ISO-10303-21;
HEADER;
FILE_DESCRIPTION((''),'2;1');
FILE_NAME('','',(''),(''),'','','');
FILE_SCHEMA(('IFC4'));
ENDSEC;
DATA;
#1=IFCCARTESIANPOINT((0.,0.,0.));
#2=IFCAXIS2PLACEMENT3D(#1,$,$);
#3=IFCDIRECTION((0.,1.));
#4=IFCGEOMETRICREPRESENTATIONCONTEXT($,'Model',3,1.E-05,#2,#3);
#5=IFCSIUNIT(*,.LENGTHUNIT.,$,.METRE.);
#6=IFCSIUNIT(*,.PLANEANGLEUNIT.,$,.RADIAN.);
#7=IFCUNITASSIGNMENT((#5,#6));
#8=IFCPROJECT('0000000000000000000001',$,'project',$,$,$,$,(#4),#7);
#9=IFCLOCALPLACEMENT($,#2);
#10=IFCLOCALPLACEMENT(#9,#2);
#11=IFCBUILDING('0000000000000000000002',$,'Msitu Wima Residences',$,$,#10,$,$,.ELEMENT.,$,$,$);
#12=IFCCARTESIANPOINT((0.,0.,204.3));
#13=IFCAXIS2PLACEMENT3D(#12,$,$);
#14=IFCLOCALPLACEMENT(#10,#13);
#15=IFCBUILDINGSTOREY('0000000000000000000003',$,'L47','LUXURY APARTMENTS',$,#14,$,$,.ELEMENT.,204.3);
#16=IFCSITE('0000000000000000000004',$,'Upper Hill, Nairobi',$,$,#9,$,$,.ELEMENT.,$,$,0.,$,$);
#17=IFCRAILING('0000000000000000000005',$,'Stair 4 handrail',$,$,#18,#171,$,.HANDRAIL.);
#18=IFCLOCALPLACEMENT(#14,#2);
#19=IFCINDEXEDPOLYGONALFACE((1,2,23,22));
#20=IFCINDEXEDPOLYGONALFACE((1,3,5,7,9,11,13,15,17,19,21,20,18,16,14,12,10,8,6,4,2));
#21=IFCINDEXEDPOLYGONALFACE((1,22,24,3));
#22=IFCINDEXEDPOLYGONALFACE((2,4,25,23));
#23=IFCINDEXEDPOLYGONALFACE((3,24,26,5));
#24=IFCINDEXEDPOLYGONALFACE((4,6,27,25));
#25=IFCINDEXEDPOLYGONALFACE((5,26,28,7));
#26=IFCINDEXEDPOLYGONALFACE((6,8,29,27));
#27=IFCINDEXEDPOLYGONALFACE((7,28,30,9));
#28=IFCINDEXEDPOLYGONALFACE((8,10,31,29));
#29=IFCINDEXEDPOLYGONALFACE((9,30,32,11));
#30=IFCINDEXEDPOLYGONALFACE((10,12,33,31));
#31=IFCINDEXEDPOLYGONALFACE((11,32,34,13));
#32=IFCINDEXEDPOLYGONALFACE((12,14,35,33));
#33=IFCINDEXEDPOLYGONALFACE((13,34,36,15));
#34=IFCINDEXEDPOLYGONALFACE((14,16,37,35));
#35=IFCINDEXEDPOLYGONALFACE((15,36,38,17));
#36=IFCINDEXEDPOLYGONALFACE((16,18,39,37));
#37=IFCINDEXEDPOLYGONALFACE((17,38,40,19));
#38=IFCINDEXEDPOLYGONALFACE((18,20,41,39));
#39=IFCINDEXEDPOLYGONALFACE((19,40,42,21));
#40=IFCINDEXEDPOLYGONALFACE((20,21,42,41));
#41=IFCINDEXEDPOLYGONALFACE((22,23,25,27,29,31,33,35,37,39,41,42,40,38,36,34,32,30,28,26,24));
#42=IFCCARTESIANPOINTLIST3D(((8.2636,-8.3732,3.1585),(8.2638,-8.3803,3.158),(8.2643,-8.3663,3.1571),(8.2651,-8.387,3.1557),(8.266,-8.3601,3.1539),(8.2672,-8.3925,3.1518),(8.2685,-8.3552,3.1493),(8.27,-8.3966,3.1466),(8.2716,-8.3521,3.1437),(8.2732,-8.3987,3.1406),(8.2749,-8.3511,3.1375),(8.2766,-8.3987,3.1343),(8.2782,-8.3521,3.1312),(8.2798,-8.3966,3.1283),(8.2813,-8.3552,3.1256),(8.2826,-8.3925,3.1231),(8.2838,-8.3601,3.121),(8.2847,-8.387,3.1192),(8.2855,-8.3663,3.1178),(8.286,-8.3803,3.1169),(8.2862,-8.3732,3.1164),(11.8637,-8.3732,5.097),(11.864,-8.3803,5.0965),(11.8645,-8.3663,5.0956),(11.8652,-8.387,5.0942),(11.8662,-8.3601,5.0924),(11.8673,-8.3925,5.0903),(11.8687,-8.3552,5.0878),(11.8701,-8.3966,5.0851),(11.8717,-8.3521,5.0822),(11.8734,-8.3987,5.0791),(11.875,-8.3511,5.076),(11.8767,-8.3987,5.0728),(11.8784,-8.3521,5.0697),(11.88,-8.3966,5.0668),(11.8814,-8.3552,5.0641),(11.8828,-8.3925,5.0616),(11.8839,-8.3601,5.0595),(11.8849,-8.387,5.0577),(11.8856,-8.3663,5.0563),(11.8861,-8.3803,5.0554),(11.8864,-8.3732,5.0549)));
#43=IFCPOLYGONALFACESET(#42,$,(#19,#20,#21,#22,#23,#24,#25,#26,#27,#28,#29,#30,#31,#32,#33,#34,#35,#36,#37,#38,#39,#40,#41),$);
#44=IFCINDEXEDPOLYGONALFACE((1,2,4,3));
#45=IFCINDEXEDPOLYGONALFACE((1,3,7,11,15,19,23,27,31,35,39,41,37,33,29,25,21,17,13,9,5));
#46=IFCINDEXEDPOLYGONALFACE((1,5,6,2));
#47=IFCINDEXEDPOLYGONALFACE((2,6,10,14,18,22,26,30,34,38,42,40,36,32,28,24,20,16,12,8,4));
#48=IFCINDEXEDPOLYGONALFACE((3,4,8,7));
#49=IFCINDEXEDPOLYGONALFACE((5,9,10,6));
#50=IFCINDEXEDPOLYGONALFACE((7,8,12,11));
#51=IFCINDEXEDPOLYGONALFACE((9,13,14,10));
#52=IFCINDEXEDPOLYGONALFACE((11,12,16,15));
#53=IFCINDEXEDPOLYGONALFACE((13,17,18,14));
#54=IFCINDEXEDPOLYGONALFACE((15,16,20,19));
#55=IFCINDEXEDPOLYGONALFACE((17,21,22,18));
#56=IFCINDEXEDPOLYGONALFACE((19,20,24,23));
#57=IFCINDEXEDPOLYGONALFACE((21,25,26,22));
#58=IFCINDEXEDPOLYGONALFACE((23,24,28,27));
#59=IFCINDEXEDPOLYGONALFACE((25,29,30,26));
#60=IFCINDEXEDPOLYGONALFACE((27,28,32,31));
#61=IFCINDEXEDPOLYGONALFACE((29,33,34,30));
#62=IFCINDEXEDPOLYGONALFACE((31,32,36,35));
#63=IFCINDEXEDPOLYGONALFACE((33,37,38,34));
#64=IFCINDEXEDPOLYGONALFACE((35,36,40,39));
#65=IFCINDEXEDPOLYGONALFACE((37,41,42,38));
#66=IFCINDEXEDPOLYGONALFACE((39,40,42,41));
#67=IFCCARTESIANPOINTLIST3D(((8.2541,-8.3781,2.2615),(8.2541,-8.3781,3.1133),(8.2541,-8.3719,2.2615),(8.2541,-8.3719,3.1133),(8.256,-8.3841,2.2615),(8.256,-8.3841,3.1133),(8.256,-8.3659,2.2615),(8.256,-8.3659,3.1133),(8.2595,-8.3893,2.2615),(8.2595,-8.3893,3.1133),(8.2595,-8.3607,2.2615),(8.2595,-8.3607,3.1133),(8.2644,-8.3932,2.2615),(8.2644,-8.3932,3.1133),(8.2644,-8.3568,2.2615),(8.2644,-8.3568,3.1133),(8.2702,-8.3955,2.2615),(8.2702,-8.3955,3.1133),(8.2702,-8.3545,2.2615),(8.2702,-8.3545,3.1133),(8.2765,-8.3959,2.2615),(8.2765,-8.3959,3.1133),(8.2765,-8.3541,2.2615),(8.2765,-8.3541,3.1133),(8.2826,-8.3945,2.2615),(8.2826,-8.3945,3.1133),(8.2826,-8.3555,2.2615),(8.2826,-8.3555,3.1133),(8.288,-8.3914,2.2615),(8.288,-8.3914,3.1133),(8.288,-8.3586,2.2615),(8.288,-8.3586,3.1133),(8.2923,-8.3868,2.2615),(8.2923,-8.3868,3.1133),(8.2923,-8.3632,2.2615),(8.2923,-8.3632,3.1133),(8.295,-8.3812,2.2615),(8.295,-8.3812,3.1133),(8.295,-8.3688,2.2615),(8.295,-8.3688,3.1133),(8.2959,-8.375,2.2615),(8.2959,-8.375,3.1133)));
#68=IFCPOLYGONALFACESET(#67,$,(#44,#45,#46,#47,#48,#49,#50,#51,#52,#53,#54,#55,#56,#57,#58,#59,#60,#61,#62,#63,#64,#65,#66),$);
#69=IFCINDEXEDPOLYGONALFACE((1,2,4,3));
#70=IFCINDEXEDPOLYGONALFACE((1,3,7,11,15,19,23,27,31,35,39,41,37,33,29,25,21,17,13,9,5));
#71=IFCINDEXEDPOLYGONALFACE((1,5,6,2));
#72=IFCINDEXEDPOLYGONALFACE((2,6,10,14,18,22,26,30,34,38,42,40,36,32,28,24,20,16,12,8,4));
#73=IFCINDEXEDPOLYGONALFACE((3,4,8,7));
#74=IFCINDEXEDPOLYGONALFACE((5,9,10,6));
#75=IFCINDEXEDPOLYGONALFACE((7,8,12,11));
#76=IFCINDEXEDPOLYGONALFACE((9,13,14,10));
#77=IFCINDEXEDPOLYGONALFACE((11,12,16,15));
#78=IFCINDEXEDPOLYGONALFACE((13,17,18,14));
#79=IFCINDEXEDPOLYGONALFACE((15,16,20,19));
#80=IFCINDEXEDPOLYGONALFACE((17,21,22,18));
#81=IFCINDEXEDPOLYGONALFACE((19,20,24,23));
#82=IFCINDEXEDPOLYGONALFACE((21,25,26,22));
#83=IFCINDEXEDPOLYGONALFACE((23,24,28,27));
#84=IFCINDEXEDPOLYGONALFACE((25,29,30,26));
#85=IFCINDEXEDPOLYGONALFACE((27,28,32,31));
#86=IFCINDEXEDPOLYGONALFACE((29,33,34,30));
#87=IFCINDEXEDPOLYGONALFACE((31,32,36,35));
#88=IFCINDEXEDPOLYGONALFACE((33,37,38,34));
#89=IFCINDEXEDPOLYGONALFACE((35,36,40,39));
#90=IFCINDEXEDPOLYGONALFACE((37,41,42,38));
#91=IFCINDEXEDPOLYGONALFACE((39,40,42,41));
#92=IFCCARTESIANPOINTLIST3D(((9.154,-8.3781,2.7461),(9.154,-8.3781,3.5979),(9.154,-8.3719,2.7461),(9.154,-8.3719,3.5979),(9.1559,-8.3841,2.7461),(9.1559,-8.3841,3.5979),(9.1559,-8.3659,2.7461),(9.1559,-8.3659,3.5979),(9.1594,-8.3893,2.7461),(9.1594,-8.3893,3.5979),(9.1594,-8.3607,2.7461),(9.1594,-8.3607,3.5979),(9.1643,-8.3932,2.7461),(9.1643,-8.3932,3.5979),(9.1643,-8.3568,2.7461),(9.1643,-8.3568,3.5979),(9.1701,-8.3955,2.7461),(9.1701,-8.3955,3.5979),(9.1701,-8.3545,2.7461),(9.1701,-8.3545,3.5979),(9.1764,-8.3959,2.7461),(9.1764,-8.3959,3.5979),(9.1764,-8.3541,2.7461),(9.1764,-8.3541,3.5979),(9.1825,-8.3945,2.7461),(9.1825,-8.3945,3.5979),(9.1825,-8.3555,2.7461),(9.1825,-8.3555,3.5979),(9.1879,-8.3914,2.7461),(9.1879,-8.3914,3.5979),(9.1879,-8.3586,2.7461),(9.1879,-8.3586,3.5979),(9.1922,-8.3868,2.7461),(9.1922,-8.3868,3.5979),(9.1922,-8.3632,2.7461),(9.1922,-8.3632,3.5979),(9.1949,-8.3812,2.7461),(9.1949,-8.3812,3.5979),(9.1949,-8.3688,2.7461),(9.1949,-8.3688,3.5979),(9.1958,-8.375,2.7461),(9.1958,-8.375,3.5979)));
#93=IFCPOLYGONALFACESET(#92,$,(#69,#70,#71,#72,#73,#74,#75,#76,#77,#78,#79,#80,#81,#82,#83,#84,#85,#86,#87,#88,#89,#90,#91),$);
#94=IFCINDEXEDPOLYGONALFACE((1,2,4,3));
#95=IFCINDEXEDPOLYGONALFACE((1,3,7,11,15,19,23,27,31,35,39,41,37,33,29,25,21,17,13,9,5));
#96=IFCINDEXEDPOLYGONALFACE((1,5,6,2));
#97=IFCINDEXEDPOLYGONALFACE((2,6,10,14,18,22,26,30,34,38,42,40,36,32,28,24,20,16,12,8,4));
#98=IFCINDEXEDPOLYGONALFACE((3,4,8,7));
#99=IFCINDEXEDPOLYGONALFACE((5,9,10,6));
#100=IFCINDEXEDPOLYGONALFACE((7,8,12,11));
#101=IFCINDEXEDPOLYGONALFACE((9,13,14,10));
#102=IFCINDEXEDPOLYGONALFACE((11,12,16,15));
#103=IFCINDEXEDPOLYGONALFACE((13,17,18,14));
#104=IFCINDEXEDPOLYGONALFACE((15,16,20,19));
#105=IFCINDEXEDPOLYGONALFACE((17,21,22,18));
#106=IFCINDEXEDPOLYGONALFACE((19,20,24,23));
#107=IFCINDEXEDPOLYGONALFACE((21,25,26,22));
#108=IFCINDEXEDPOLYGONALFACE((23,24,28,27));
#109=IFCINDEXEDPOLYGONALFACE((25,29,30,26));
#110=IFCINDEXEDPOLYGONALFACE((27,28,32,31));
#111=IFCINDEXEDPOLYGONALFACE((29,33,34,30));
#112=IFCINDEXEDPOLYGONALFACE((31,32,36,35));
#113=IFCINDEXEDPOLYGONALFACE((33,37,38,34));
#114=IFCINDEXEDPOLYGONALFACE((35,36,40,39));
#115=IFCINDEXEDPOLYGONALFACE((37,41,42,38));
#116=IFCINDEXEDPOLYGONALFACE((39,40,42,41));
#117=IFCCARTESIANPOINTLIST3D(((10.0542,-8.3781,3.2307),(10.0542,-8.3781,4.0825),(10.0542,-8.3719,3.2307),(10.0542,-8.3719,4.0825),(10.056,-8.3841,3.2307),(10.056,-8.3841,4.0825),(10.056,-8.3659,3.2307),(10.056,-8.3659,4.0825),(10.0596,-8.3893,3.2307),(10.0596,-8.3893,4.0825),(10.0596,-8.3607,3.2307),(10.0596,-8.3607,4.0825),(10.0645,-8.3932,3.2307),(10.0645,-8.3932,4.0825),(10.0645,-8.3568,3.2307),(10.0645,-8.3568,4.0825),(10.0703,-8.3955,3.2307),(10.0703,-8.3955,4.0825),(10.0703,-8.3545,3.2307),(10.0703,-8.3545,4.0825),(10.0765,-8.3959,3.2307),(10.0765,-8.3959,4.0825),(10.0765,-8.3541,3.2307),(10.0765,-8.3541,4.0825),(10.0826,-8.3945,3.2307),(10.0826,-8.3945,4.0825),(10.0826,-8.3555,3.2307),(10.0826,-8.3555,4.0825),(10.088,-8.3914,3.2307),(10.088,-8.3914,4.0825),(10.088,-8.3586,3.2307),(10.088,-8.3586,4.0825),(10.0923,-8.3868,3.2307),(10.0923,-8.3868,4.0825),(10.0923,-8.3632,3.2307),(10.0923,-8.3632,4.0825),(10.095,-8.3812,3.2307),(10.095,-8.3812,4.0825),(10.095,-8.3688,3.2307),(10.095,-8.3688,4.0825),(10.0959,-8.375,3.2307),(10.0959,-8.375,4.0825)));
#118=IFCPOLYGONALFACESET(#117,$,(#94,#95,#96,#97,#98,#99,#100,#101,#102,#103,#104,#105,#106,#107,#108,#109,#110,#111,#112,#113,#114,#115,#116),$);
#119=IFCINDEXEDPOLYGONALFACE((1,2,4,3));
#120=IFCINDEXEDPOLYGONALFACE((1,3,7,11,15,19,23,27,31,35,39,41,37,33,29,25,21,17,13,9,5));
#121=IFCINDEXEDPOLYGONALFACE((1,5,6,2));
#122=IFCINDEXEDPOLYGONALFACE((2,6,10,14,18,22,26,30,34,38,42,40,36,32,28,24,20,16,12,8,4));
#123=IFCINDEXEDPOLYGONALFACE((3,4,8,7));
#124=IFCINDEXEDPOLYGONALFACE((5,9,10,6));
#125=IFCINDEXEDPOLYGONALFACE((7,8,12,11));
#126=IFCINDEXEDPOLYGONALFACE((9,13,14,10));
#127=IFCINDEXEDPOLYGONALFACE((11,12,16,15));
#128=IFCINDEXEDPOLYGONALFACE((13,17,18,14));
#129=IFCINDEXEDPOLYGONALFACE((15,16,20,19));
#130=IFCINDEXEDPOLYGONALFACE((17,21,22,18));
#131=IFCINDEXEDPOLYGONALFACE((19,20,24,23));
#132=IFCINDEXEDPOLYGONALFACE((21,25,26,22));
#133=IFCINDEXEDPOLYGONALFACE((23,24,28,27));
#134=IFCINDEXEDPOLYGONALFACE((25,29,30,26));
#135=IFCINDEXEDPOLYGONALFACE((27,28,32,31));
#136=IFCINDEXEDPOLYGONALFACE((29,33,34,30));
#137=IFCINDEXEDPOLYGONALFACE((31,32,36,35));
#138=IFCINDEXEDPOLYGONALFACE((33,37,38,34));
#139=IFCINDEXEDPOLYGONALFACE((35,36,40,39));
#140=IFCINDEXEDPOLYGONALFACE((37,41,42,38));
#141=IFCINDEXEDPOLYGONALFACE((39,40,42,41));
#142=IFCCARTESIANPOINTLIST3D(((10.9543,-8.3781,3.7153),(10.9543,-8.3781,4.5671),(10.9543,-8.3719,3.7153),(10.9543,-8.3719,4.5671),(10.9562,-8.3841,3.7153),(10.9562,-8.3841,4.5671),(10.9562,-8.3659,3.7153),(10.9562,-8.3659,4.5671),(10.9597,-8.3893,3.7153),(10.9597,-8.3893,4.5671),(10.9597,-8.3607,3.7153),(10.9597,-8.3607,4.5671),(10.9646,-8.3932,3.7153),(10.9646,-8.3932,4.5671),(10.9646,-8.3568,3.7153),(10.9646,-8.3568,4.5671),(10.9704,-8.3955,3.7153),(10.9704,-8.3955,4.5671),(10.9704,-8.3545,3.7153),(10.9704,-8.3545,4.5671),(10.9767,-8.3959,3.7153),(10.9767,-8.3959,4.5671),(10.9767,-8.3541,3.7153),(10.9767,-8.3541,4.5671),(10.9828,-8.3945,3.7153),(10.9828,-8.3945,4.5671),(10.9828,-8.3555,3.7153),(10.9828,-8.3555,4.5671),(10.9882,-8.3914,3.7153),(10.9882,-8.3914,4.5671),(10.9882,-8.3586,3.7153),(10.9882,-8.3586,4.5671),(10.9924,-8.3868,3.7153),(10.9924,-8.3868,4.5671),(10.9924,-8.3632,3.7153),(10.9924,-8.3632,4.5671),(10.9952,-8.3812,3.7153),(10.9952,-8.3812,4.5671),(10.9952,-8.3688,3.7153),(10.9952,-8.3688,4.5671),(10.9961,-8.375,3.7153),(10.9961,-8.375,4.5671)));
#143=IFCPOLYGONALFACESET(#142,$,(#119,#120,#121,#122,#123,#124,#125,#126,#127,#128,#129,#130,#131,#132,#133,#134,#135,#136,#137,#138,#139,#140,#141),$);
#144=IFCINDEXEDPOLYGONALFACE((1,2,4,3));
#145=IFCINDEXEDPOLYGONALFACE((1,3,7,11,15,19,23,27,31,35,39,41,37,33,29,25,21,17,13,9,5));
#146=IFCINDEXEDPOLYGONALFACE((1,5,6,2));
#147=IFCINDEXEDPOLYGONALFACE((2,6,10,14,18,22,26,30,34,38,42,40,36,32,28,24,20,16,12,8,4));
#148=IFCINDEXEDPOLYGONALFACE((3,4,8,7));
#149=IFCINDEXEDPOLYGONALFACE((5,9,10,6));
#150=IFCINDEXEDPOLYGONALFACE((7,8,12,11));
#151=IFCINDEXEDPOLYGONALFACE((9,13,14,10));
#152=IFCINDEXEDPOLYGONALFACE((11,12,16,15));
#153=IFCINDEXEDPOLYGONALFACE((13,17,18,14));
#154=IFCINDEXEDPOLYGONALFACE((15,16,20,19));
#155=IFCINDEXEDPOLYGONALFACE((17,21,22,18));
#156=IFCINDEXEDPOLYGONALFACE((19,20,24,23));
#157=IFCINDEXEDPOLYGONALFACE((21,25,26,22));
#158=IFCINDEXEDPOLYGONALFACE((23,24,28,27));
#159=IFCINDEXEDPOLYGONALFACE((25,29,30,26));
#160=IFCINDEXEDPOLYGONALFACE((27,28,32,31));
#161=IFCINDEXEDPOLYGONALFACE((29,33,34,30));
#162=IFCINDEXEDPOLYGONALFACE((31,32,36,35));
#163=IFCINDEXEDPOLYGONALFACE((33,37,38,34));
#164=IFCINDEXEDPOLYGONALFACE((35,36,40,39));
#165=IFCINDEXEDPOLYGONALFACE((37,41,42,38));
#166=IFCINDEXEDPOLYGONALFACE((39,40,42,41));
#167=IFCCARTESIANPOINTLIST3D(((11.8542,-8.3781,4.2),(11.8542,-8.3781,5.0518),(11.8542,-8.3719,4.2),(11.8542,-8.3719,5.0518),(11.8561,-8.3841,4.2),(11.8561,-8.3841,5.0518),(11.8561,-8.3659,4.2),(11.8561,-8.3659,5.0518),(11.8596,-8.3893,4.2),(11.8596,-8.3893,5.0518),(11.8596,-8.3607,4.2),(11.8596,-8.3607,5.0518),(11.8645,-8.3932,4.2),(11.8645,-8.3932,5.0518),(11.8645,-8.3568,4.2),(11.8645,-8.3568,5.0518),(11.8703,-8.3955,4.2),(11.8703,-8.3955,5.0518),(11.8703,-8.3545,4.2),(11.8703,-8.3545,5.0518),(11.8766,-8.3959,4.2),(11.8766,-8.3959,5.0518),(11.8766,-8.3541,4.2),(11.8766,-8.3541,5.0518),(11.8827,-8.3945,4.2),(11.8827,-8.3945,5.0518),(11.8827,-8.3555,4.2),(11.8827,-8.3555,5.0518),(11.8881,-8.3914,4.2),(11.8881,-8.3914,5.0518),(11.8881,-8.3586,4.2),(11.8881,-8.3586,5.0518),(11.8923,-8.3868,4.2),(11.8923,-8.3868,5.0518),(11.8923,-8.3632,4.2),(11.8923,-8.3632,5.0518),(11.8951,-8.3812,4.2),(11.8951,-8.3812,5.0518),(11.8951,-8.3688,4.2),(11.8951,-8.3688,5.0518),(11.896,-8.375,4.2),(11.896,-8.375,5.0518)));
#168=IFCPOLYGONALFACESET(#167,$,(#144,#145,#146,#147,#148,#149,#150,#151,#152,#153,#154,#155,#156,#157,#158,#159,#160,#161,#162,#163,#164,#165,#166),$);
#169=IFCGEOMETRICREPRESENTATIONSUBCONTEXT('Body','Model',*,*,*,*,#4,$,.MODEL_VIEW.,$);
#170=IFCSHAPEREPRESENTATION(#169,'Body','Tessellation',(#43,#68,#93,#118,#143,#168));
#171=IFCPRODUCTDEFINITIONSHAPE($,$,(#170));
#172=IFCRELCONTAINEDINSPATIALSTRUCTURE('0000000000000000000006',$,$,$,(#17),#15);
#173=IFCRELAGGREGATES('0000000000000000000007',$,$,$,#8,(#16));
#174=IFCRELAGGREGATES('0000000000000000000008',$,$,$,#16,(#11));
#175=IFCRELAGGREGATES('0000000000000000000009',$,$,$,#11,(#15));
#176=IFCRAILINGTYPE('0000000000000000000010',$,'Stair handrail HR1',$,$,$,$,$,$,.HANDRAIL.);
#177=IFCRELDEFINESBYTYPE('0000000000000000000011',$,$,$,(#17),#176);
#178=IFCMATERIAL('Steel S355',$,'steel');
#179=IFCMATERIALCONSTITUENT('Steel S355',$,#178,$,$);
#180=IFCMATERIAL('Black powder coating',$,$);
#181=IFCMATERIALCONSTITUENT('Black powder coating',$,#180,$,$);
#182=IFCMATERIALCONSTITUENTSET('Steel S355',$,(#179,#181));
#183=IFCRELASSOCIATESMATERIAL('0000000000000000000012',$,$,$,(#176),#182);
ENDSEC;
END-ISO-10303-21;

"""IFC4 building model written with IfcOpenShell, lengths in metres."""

from ifc_helpers import new_model, si_unit, direction, frame, origin, origin_2d, place, context, subcontext, project, spatial, circle, extrude, material, constituent, constituent_set, type_object, element, save


model = new_model("IFC4")

# Units and contexts
model_context = context("Model", 3, precision=1e-05, world=origin(), true_north=direction((0.0, 1.0)))
body_context = subcontext(model_context, "Body", "Model", "MODEL_VIEW")
ifc_project = project(units=[si_unit("LENGTHUNIT", "METRE"), si_unit("PLANEANGLEUNIT", "RADIAN")], contexts=[model_context])

# Site, building, storey
site_placement = place(None, origin())
site = spatial("IfcSite", under=ifc_project, at=site_placement, Name="Upper Hill, Nairobi", CompositionType="ELEMENT", RefElevation=0.0)
building_placement = place(site_placement, origin())
building = spatial("IfcBuilding", under=site, at=building_placement, Name="Msitu Wima Residences", CompositionType="ELEMENT")
storey_placement = place(building_placement, frame((0.0, 0.0, 204.3)))
storey = spatial("IfcBuildingStorey", under=building, at=storey_placement, Name="L47", Description="LUXURY APARTMENTS", CompositionType="ELEMENT", Elevation=204.3)

# Railing
ifc_material_1 = material(Name="Steel S355", Category="steel")
ifc_constituent_1 = constituent(ifc_material_1, Name="Steel S355")
ifc_material_2 = material(Name="Black powder coating")
ifc_constituent_2 = constituent(ifc_material_2, Name="Black powder coating")
ifc_constituent_set = constituent_set(constituents=[ifc_constituent_1, ifc_constituent_2], Name="Steel S355")
railing_type = type_object("IfcRailingType", Name="Stair handrail HR1", PredefinedType="HANDRAIL", material=ifc_constituent_set)
for number, where, name in (
    (1, (8.2749, -8.375, 2.2615), "Stair 4 handrail"),
):
    element("IfcRailing", number, at=place(storey_placement, frame(where)), inside=storey, type_object=railing_type, Name=name, PredefinedType="HANDRAIL", context=body_context, shape_type="SweptSolid", body=[
        extrude(circle(Radius=0.0239, at=origin_2d()), frame((0.0, 0.0, 0.876), z_axis=(0.880475, 0.0, 0.474093), x_axis=(0.0, 1.0, 0.0)), (0.0, 0.0, 1.0), 4.0889),
        extrude(circle(Radius=0.021, at=origin_2d()), origin(), (0.0, 0.0, 1.0), 0.8518),
        extrude(circle(Radius=0.021, at=origin_2d()), frame((0.8999, 0.0, 0.4846)), (0.0, 0.0, 1.0), 0.8518),
        extrude(circle(Radius=0.021, at=origin_2d()), frame((1.8, 0.0, 0.9692)), (0.0, 0.0, 1.0), 0.8518),
        extrude(circle(Radius=0.021, at=origin_2d()), frame((2.7002, 0.0, 1.4539)), (0.0, 0.0, 1.0), 0.8518),
        extrude(circle(Radius=0.021, at=origin_2d()), frame((3.6001, 0.0, 1.9385)), (0.0, 0.0, 1.0), 0.8518),
    ])

save(model, "model.ifc")
